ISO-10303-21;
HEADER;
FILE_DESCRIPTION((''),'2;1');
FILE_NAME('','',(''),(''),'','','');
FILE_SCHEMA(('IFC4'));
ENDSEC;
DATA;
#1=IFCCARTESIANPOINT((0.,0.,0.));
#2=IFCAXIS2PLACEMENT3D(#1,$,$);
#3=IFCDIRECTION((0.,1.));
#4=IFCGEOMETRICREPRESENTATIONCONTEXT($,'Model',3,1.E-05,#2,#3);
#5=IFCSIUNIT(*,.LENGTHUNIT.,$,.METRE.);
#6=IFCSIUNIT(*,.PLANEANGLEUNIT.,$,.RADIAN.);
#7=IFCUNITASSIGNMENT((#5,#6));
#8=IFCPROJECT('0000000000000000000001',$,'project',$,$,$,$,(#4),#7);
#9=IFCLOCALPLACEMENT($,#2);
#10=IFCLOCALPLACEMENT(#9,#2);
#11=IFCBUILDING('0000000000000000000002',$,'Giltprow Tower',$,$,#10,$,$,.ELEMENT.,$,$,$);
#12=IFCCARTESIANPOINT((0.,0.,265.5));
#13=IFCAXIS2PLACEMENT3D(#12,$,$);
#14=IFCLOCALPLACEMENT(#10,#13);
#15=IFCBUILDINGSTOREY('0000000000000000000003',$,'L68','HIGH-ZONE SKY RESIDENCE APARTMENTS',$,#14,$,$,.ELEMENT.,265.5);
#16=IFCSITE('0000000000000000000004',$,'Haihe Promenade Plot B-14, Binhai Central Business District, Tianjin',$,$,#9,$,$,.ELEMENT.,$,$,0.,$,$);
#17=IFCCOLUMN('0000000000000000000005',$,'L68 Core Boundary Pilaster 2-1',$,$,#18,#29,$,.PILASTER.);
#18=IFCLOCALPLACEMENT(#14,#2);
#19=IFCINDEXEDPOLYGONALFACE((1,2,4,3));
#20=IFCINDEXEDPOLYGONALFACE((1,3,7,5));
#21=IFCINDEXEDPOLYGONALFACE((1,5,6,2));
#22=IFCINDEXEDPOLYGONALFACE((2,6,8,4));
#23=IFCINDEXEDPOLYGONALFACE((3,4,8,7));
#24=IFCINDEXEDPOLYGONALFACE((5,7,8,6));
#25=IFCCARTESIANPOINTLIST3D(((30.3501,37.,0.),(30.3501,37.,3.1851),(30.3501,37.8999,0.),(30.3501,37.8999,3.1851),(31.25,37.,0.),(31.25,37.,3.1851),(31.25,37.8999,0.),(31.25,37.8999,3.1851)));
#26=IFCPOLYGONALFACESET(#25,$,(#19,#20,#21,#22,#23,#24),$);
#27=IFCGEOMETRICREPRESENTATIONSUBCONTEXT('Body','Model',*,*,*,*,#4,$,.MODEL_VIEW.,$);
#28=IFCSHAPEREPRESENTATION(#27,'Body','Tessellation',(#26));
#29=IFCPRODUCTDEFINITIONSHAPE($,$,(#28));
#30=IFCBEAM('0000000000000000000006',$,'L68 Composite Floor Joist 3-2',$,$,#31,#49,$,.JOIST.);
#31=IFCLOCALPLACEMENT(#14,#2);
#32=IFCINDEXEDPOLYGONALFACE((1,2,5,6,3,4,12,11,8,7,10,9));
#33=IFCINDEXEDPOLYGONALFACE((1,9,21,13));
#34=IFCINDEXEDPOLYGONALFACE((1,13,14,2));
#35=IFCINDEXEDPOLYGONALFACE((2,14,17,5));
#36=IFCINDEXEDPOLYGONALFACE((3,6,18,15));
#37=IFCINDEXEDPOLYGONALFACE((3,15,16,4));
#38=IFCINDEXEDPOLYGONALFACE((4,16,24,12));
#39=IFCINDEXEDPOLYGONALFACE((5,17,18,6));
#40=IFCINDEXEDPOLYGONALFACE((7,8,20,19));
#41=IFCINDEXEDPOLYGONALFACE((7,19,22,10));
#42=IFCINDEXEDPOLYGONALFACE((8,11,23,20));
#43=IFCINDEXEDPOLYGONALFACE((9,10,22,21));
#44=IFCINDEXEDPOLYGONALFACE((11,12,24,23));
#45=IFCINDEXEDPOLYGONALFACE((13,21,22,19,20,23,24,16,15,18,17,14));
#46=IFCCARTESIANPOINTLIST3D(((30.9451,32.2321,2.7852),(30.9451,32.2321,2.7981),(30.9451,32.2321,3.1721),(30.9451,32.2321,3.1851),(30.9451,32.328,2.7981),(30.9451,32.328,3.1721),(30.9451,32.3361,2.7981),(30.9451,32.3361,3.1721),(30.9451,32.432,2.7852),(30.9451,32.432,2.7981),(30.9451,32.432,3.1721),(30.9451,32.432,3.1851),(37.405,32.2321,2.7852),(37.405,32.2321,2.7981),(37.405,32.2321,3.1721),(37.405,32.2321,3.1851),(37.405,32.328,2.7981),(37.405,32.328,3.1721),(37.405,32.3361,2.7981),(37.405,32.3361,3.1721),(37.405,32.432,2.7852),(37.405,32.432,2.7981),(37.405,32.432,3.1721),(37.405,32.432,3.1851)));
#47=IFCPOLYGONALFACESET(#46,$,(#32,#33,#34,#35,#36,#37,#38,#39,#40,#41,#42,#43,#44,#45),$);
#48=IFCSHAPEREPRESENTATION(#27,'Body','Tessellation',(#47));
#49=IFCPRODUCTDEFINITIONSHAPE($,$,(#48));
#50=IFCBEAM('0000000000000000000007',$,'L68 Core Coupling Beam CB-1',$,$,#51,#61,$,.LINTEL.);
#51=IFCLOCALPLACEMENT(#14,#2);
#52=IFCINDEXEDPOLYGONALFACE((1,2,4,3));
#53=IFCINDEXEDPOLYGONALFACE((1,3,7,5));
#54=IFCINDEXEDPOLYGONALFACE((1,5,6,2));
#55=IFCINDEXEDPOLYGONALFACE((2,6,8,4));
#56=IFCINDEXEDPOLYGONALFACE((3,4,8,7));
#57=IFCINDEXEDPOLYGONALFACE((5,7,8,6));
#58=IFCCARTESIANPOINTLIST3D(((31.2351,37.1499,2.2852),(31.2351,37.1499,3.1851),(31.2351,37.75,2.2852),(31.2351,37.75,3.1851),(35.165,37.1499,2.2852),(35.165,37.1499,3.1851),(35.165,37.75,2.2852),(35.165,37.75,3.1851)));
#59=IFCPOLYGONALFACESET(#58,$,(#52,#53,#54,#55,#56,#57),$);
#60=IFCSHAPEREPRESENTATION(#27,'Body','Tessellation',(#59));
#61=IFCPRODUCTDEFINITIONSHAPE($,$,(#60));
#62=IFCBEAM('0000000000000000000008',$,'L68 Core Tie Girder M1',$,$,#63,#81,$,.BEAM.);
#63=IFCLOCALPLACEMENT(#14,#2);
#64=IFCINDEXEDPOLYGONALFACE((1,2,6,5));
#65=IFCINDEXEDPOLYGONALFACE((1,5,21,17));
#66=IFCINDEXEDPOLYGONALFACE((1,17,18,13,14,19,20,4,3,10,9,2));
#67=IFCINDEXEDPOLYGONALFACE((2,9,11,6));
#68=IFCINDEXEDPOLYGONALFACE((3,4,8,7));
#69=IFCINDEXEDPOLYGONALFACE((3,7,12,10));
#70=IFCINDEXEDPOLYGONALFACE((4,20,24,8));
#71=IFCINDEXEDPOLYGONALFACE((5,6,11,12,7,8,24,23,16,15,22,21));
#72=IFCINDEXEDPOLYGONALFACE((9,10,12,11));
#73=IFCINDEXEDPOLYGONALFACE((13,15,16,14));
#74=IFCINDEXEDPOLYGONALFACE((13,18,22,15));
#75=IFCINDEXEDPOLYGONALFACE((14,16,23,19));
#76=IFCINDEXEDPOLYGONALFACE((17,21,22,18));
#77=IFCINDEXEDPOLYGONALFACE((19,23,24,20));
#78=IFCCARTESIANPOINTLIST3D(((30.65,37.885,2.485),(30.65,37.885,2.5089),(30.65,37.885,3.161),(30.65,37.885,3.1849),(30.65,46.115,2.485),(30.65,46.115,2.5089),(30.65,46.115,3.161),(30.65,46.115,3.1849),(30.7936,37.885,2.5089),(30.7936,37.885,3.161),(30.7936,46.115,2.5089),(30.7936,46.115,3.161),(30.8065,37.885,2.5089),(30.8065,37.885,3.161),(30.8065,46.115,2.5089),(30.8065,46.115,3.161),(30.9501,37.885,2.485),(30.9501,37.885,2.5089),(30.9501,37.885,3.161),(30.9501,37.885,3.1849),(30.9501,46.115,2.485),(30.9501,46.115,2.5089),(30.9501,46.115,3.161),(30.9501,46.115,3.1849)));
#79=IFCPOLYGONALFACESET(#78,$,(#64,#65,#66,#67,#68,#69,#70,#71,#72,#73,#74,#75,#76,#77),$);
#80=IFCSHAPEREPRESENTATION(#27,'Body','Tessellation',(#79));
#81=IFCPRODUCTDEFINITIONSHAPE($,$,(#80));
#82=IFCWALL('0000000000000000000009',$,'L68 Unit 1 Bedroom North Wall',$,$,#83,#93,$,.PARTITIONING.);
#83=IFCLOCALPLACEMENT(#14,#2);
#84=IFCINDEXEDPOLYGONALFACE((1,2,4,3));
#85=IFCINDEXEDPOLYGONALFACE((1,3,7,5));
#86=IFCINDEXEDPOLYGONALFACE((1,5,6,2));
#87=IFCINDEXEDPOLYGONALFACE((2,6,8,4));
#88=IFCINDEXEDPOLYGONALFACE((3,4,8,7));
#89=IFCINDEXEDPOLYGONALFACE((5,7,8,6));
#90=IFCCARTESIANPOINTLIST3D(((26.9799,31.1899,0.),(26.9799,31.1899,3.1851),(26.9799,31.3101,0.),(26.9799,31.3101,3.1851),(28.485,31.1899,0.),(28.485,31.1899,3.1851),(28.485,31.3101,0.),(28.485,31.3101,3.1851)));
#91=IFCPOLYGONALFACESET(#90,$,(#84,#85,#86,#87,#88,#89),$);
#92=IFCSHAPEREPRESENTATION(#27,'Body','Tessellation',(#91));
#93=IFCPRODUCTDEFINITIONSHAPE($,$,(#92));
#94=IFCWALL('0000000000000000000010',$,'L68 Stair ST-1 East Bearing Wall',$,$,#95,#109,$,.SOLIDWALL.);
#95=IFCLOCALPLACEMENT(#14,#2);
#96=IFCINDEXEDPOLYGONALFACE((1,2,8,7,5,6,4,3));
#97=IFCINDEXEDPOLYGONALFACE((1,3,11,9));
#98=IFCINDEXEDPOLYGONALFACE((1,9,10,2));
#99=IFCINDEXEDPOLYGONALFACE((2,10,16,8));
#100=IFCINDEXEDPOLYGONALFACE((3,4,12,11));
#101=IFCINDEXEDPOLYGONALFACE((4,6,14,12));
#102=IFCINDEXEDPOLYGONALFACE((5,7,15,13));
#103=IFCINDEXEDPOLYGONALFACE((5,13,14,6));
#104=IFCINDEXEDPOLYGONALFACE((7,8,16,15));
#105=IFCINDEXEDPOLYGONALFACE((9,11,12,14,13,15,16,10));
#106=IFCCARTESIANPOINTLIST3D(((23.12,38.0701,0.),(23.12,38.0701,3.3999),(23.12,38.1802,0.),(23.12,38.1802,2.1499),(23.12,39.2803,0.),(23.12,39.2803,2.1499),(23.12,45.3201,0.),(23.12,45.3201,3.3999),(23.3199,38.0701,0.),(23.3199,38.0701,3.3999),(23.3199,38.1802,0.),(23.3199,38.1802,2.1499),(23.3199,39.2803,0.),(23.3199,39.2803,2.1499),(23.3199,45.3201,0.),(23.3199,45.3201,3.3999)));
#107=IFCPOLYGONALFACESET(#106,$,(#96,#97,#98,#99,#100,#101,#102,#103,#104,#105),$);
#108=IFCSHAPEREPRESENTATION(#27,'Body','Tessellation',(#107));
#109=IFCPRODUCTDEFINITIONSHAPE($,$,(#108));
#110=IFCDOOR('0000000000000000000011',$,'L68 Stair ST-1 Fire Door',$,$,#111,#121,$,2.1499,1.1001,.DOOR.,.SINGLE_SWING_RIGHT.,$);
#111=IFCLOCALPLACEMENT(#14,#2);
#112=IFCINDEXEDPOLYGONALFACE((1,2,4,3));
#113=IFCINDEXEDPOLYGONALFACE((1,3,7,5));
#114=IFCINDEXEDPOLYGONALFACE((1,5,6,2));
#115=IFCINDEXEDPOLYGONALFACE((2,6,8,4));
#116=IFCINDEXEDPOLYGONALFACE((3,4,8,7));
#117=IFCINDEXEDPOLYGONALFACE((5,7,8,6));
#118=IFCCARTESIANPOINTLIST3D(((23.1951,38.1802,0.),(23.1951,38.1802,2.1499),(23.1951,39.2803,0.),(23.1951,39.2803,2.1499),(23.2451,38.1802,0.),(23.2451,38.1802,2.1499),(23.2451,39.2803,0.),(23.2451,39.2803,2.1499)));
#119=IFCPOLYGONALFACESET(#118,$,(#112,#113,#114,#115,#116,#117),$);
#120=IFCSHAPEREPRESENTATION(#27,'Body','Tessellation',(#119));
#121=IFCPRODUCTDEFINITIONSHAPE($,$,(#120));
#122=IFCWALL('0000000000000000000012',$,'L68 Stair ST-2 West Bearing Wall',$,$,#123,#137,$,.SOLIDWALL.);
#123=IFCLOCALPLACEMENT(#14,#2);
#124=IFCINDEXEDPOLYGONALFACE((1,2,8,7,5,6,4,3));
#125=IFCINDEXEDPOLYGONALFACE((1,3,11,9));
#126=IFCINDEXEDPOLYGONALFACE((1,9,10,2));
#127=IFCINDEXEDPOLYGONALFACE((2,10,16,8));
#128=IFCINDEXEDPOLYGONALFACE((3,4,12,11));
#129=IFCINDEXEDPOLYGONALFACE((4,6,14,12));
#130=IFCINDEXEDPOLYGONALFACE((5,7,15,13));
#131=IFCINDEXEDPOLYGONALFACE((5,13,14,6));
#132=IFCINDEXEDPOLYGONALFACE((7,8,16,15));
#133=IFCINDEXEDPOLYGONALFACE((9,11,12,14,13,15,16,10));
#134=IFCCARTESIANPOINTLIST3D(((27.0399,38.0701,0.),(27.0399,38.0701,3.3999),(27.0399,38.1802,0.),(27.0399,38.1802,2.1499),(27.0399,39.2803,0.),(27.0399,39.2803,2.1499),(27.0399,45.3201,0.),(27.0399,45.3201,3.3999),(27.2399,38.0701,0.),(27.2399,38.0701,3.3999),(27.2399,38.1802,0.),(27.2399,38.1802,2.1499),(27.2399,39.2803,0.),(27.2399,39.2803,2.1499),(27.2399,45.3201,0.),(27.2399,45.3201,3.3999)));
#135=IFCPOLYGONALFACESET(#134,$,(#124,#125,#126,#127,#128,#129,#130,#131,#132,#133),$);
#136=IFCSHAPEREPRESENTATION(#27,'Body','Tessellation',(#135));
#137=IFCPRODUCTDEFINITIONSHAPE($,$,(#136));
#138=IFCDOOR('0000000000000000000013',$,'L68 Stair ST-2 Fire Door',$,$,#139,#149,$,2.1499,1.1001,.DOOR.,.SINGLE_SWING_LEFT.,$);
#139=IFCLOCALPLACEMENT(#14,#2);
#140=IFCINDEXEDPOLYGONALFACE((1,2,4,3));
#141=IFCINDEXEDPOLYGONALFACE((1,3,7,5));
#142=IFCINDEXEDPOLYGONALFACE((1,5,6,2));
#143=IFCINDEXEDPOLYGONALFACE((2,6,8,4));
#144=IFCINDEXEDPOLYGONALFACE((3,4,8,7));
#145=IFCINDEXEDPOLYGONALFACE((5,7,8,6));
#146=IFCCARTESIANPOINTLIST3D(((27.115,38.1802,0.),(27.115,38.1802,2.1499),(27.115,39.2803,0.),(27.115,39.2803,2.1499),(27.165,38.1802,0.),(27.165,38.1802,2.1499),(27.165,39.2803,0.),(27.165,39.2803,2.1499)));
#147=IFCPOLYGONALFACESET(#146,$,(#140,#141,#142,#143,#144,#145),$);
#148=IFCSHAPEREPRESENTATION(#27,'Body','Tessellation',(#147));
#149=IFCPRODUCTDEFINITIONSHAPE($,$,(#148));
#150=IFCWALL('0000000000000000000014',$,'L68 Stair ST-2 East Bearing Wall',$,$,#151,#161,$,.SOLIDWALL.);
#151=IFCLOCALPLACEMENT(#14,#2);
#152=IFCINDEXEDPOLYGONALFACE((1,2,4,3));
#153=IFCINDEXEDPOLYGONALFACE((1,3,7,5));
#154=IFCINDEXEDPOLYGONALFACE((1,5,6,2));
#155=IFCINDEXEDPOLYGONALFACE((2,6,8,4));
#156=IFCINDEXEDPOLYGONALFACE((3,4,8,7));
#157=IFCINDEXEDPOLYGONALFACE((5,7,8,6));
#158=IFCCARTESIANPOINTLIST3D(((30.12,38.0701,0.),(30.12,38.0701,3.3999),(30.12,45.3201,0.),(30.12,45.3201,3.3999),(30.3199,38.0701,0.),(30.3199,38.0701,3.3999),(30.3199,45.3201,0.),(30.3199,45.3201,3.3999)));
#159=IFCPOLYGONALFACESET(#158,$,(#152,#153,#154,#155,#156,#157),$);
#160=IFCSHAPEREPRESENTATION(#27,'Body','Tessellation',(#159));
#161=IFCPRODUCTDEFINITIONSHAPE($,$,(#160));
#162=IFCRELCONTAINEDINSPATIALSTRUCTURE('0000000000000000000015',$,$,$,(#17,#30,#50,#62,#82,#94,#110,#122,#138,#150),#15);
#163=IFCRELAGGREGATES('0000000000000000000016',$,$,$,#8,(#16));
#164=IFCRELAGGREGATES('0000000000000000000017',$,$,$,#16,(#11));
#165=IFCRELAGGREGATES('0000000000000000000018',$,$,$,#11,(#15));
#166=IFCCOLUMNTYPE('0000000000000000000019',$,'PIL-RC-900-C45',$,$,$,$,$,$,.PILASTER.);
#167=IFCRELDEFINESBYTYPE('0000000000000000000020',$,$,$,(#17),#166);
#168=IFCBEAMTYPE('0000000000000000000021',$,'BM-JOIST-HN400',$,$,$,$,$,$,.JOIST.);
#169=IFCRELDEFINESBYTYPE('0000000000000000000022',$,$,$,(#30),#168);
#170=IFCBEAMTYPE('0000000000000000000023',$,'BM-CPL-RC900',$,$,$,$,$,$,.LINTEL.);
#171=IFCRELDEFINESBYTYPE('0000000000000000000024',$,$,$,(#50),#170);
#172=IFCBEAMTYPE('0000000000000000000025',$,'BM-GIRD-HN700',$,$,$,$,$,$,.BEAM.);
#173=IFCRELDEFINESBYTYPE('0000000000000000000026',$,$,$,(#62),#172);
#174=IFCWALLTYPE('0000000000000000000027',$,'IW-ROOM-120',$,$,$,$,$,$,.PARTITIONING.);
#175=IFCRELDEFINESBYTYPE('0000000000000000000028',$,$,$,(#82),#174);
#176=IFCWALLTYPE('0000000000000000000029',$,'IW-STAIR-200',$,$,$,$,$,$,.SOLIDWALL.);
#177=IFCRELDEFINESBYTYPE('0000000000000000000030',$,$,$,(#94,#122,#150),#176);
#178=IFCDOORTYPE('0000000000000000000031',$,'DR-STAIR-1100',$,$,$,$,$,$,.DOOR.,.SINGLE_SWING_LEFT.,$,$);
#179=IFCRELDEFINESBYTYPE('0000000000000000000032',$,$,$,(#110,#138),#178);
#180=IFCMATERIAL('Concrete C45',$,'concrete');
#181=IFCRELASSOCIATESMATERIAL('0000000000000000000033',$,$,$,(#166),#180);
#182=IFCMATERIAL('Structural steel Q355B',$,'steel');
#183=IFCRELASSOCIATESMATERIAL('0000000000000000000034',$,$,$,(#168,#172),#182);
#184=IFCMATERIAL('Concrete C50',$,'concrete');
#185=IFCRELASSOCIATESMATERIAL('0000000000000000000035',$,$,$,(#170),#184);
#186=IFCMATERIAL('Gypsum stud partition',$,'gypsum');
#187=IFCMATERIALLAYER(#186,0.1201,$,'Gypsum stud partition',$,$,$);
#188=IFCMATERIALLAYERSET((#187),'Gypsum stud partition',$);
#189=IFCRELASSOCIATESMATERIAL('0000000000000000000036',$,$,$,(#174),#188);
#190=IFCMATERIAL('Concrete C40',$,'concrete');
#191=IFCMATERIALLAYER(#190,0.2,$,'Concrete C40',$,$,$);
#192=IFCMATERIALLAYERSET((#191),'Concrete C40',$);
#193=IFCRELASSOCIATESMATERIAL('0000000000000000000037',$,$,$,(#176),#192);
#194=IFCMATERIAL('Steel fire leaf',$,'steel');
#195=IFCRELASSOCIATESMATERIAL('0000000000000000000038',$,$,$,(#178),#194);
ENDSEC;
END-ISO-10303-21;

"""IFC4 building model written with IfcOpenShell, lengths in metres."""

from ifc_helpers import new_model, si_unit, direction, frame, frame_2d, origin, origin_2d, place, context, subcontext, project, spatial, rectangle, i_section, extrude, source, transform, mapped, material, layer, layer_set, material_profile, profile_set, type_object, element, fill, save


model = new_model("IFC4")

# Units and contexts
model_context = context("Model", 3, precision=1e-05, world=origin(), true_north=direction((0.0, 1.0)))
body_context = subcontext(model_context, "Body", "Model", "MODEL_VIEW")
ifc_project = project(units=[si_unit("LENGTHUNIT", "METRE"), si_unit("PLANEANGLEUNIT", "RADIAN")], contexts=[model_context])

# Site, building, storey
site_placement = place(None, origin())
site = spatial("IfcSite", under=ifc_project, at=site_placement, Name="Haihe Promenade Plot B-14, Binhai Central Business District, Tianjin", CompositionType="ELEMENT", RefElevation=0.0)
building_placement = place(site_placement, origin())
building = spatial("IfcBuilding", under=site, at=building_placement, Name="Giltprow Tower", CompositionType="ELEMENT")
storey_placement = place(building_placement, frame((0.0, 0.0, 265.5)))
storey = spatial("IfcBuildingStorey", under=building, at=storey_placement, Name="L68", Description="HIGH-ZONE SKY RESIDENCE APARTMENTS", CompositionType="ELEMENT", Elevation=265.5)

# Column
ifc_material_1 = material(Name="Concrete C45", Category="concrete")
ifc_material_profile_1 = material_profile(ifc_material_1, rectangle(XDim=0.8999, YDim=0.8999, at=origin_2d()), Name="RC 900x900")
ifc_profile_set_1 = profile_set([ifc_material_profile_1], Name="Concrete C45")
column_type = type_object("IfcColumnType", Name="PIL-RC-900-C45", PredefinedType="PILASTER", material=ifc_profile_set_1)
shared_shape_1 = source(origin(), body_context, "Body", "SweptSolid", [
    extrude(rectangle(XDim=0.8999, YDim=0.8999, at=origin_2d()), origin(), (0.0, 0.0, 1.0), 3.1851),
])
column_placement = place(storey_placement, frame((30.8, 37.45, 0.0), z_axis=(0.0, 0.0, 1.0), x_axis=(1.0, 0.0, 0.0)))
element("IfcColumn", 1, at=column_placement, inside=storey, type_object=column_type, Name="L68 Core Boundary Pilaster 2-1", PredefinedType="PILASTER", context=body_context, shape_type="MappedRepresentation", body=[
    mapped(shared_shape_1, transform((0.0, 0.0, 0.0), x_axis=(1.0, 0.0, 0.0), y_axis=(0.0, 1.0, 0.0), z_axis=(0.0, 0.0, 1.0), scale=1.0)),
])

# Beams
ifc_material_2 = material(Name="Structural steel Q355B", Category="steel")
ifc_material_profile_2 = material_profile(ifc_material_2, i_section(OverallWidth=0.2, OverallDepth=0.3999, WebThickness=0.0081, FlangeThickness=0.0129, at=origin_2d()), Name="HN 400x200x8x13")
ifc_profile_set_2 = profile_set([ifc_material_profile_2], Name="Structural steel Q355B")
beam_type_1 = type_object("IfcBeamType", Name="BM-JOIST-HN400", PredefinedType="JOIST", material=ifc_profile_set_2)
shared_shape_2 = source(origin(), body_context, "Body", "SweptSolid", [
    extrude(i_section(OverallWidth=0.2, OverallDepth=0.3999, WebThickness=0.0081, FlangeThickness=0.0129, at=origin_2d()), origin(), (0.0, 0.0, 1.0), 6.46),
])
beam_1_placement = place(storey_placement, frame((30.9451, 32.332, 2.9851), z_axis=(1.0, 0.0, 0.0), x_axis=(0.0, 1.0, 0.0)))
element("IfcBeam", 2, at=beam_1_placement, inside=storey, type_object=beam_type_1, Name="L68 Composite Floor Joist 3-2", PredefinedType="JOIST", context=body_context, shape_type="MappedRepresentation", body=[
    mapped(shared_shape_2, transform((0.0, 0.0, 0.0), x_axis=(1.0, 0.0, 0.0), y_axis=(0.0, 1.0, 0.0), z_axis=(0.0, 0.0, 1.0), scale=1.0)),
])
ifc_material_3 = material(Name="Concrete C50", Category="concrete")
ifc_material_profile_3 = material_profile(ifc_material_3, rectangle(XDim=0.6001, YDim=0.8999, at=origin_2d()), Name="RC 900x600")
ifc_profile_set_3 = profile_set([ifc_material_profile_3], Name="Concrete C50")
beam_type_2 = type_object("IfcBeamType", Name="BM-CPL-RC900", PredefinedType="LINTEL", material=ifc_profile_set_3)
shared_shape_3 = source(origin(), body_context, "Body", "SweptSolid", [
    extrude(rectangle(XDim=0.6001, YDim=0.8999, at=origin_2d()), origin(), (0.0, 0.0, 1.0), 3.9299),
])
beam_2_placement = place(storey_placement, frame((31.2351, 37.45, 2.7351), z_axis=(1.0, 0.0, 0.0), x_axis=(0.0, 1.0, 0.0)))
element("IfcBeam", 3, at=beam_2_placement, inside=storey, type_object=beam_type_2, Name="L68 Core Coupling Beam CB-1", PredefinedType="LINTEL", context=body_context, shape_type="MappedRepresentation", body=[
    mapped(shared_shape_3, transform((0.0, 0.0, 0.0), x_axis=(1.0, 0.0, 0.0), y_axis=(0.0, 1.0, 0.0), z_axis=(0.0, 0.0, 1.0), scale=1.0)),
])
ifc_material_profile_4 = material_profile(ifc_material_2, i_section(OverallWidth=0.3, OverallDepth=0.7, WebThickness=0.0129, FlangeThickness=0.0239, at=origin_2d()), Name="HN 700x300x13x24")
ifc_profile_set_4 = profile_set([ifc_material_profile_4], Name="Structural steel Q355B")
beam_type_3 = type_object("IfcBeamType", Name="BM-GIRD-HN700", PredefinedType="BEAM", material=ifc_profile_set_4)
shared_shape_4 = source(origin(), body_context, "Body", "SweptSolid", [
    extrude(i_section(OverallWidth=0.3, OverallDepth=0.7, WebThickness=0.0129, FlangeThickness=0.0239, at=origin_2d()), origin(), (0.0, 0.0, 1.0), 8.23),
])
beam_3_placement = place(storey_placement, frame((30.8, 37.885, 2.835), z_axis=(0.0, 1.0, 0.0), x_axis=(-1.0, 0.0, 0.0)))
element("IfcBeam", 4, at=beam_3_placement, inside=storey, type_object=beam_type_3, Name="L68 Core Tie Girder M1", PredefinedType="BEAM", context=body_context, shape_type="MappedRepresentation", body=[
    mapped(shared_shape_4, transform((0.0, 0.0, 0.0), x_axis=(1.0, 0.0, 0.0), y_axis=(0.0, 1.0, 0.0), z_axis=(0.0, 0.0, 1.0), scale=1.0)),
])

# Wall
ifc_material_4 = material(Name="Gypsum stud partition", Category="gypsum")
ifc_layer_1 = layer(ifc_material_4, 0.1201, Name="Gypsum stud partition")
ifc_layer_set_1 = layer_set([ifc_layer_1], Name="Gypsum stud partition")
wall_type_1 = type_object("IfcWallType", Name="IW-ROOM-120", PredefinedType="PARTITIONING", material=ifc_layer_set_1)
wall_1_placement = place(storey_placement, frame((26.98, 31.25, 0.0), z_axis=(0.0, 0.0, 1.0), x_axis=(1.0, 0.0, 0.0)))
element("IfcWall", 5, at=wall_1_placement, inside=storey, type_object=wall_type_1, Name="L68 Unit 1 Bedroom North Wall", PredefinedType="PARTITIONING", context=body_context, shape_type="SweptSolid", body=[
    extrude(rectangle(XDim=1.5051, YDim=0.1201, at=frame_2d((0.7524, 0.0))), origin(), (0.0, 0.0, 1.0), 3.1851),
])

# Walls, openings, doors
ifc_material_5 = material(Name="Concrete C40", Category="concrete")
ifc_layer_2 = layer(ifc_material_5, 0.2, Name="Concrete C40")
ifc_layer_set_2 = layer_set([ifc_layer_2], Name="Concrete C40")
wall_type_2 = type_object("IfcWallType", Name="IW-STAIR-200", PredefinedType="SOLIDWALL", material=ifc_layer_set_2)
wall_2_placement = place(storey_placement, frame((23.22, 38.0701, 0.0), z_axis=(0.0, 0.0, 1.0), x_axis=(0.0, 1.0, 0.0)))
wall_2 = element("IfcWall", 6, at=wall_2_placement, inside=storey, type_object=wall_type_2, Name="L68 Stair ST-1 East Bearing Wall", PredefinedType="SOLIDWALL", context=body_context, shape_type="SweptSolid", body=[
    extrude(rectangle(XDim=7.25, YDim=0.2, at=frame_2d((3.625, 0.0))), origin(), (0.0, 0.0, 1.0), 3.3999),
])
opening_1_placement = place(wall_2_placement, frame((0.1101, 0.0, 0.0)))
opening_1 = element("IfcOpeningElement", 7, at=opening_1_placement, cuts=wall_2, PredefinedType="OPENING", context=body_context, shape_type="SweptSolid", body=[
    extrude(rectangle(XDim=1.1001, YDim=2.1499, at=frame_2d((0.55, 1.075))), frame((0.0, 0.1099, 0.0), z_axis=(0.0, -1.0, 0.0), x_axis=(1.0, 0.0, 0.0)), (0.0, 0.0, 1.0), 0.22),
])
ifc_material_6 = material(Name="Steel fire leaf", Category="steel")
door_type_1 = type_object("IfcDoorType", Name="DR-STAIR-1100", OperationType="SINGLE_SWING_LEFT", PredefinedType="DOOR", material=ifc_material_6)
shared_shape_5 = source(origin(), body_context, "Body", "SweptSolid", [
    extrude(rectangle(XDim=1.1001, YDim=2.1499, at=frame_2d((0.55, 1.075))), frame((0.0, 0.0249, 0.0), z_axis=(0.0, -1.0, 0.0), x_axis=(1.0, 0.0, 0.0)), (0.0, 0.0, 1.0), 0.05),
])
door_1_placement = place(opening_1_placement, origin())
door_1 = element("IfcDoor", 8, at=door_1_placement, inside=storey, type_object=door_type_1, Name="L68 Stair ST-1 Fire Door", OperationType="SINGLE_SWING_RIGHT", OverallHeight=2.1499, OverallWidth=1.1001, PredefinedType="DOOR", context=body_context, shape_type="MappedRepresentation", body=[
    mapped(shared_shape_5, transform((0.0, 0.0, 0.0), x_axis=(1.0, 0.0, 0.0), y_axis=(0.0, 1.0, 0.0), z_axis=(0.0, 0.0, 1.0), scale=1.0)),
])
fill(opening_1, door_1)
wall_3_placement = place(storey_placement, frame((27.1399, 38.0701, 0.0), z_axis=(0.0, 0.0, 1.0), x_axis=(0.0, 1.0, 0.0)))
wall_3 = element("IfcWall", 9, at=wall_3_placement, inside=storey, type_object=wall_type_2, Name="L68 Stair ST-2 West Bearing Wall", PredefinedType="SOLIDWALL", context=body_context, shape_type="SweptSolid", body=[
    extrude(rectangle(XDim=7.25, YDim=0.2, at=frame_2d((3.625, 0.0))), origin(), (0.0, 0.0, 1.0), 3.3999),
])
opening_2_placement = place(wall_3_placement, frame((0.1101, 0.0, 0.0)))
opening_2 = element("IfcOpeningElement", 10, at=opening_2_placement, cuts=wall_3, PredefinedType="OPENING", context=body_context, shape_type="SweptSolid", body=[
    extrude(rectangle(XDim=1.1001, YDim=2.1499, at=frame_2d((0.55, 1.075))), frame((0.0, 0.1099, 0.0), z_axis=(0.0, -1.0, 0.0), x_axis=(1.0, 0.0, 0.0)), (0.0, 0.0, 1.0), 0.22),
])
door_2_placement = place(opening_2_placement, origin())
door_2 = element("IfcDoor", 11, at=door_2_placement, inside=storey, type_object=door_type_1, Name="L68 Stair ST-2 Fire Door", OperationType="SINGLE_SWING_LEFT", OverallHeight=2.1499, OverallWidth=1.1001, PredefinedType="DOOR", context=body_context, shape_type="MappedRepresentation", body=[
    mapped(shared_shape_5, transform((0.0, 0.0, 0.0), x_axis=(1.0, 0.0, 0.0), y_axis=(0.0, 1.0, 0.0), z_axis=(0.0, 0.0, 1.0), scale=1.0)),
])
fill(opening_2, door_2)

# Wall
wall_4_placement = place(storey_placement, frame((30.22, 38.0701, 0.0), z_axis=(0.0, 0.0, 1.0), x_axis=(0.0, 1.0, 0.0)))
element("IfcWall", 12, at=wall_4_placement, inside=storey, type_object=wall_type_2, Name="L68 Stair ST-2 East Bearing Wall", PredefinedType="SOLIDWALL", context=body_context, shape_type="SweptSolid", body=[
    extrude(rectangle(XDim=7.25, YDim=0.2, at=frame_2d((3.625, 0.0))), origin(), (0.0, 0.0, 1.0), 3.3999),
])

save(model, "model.ifc")
